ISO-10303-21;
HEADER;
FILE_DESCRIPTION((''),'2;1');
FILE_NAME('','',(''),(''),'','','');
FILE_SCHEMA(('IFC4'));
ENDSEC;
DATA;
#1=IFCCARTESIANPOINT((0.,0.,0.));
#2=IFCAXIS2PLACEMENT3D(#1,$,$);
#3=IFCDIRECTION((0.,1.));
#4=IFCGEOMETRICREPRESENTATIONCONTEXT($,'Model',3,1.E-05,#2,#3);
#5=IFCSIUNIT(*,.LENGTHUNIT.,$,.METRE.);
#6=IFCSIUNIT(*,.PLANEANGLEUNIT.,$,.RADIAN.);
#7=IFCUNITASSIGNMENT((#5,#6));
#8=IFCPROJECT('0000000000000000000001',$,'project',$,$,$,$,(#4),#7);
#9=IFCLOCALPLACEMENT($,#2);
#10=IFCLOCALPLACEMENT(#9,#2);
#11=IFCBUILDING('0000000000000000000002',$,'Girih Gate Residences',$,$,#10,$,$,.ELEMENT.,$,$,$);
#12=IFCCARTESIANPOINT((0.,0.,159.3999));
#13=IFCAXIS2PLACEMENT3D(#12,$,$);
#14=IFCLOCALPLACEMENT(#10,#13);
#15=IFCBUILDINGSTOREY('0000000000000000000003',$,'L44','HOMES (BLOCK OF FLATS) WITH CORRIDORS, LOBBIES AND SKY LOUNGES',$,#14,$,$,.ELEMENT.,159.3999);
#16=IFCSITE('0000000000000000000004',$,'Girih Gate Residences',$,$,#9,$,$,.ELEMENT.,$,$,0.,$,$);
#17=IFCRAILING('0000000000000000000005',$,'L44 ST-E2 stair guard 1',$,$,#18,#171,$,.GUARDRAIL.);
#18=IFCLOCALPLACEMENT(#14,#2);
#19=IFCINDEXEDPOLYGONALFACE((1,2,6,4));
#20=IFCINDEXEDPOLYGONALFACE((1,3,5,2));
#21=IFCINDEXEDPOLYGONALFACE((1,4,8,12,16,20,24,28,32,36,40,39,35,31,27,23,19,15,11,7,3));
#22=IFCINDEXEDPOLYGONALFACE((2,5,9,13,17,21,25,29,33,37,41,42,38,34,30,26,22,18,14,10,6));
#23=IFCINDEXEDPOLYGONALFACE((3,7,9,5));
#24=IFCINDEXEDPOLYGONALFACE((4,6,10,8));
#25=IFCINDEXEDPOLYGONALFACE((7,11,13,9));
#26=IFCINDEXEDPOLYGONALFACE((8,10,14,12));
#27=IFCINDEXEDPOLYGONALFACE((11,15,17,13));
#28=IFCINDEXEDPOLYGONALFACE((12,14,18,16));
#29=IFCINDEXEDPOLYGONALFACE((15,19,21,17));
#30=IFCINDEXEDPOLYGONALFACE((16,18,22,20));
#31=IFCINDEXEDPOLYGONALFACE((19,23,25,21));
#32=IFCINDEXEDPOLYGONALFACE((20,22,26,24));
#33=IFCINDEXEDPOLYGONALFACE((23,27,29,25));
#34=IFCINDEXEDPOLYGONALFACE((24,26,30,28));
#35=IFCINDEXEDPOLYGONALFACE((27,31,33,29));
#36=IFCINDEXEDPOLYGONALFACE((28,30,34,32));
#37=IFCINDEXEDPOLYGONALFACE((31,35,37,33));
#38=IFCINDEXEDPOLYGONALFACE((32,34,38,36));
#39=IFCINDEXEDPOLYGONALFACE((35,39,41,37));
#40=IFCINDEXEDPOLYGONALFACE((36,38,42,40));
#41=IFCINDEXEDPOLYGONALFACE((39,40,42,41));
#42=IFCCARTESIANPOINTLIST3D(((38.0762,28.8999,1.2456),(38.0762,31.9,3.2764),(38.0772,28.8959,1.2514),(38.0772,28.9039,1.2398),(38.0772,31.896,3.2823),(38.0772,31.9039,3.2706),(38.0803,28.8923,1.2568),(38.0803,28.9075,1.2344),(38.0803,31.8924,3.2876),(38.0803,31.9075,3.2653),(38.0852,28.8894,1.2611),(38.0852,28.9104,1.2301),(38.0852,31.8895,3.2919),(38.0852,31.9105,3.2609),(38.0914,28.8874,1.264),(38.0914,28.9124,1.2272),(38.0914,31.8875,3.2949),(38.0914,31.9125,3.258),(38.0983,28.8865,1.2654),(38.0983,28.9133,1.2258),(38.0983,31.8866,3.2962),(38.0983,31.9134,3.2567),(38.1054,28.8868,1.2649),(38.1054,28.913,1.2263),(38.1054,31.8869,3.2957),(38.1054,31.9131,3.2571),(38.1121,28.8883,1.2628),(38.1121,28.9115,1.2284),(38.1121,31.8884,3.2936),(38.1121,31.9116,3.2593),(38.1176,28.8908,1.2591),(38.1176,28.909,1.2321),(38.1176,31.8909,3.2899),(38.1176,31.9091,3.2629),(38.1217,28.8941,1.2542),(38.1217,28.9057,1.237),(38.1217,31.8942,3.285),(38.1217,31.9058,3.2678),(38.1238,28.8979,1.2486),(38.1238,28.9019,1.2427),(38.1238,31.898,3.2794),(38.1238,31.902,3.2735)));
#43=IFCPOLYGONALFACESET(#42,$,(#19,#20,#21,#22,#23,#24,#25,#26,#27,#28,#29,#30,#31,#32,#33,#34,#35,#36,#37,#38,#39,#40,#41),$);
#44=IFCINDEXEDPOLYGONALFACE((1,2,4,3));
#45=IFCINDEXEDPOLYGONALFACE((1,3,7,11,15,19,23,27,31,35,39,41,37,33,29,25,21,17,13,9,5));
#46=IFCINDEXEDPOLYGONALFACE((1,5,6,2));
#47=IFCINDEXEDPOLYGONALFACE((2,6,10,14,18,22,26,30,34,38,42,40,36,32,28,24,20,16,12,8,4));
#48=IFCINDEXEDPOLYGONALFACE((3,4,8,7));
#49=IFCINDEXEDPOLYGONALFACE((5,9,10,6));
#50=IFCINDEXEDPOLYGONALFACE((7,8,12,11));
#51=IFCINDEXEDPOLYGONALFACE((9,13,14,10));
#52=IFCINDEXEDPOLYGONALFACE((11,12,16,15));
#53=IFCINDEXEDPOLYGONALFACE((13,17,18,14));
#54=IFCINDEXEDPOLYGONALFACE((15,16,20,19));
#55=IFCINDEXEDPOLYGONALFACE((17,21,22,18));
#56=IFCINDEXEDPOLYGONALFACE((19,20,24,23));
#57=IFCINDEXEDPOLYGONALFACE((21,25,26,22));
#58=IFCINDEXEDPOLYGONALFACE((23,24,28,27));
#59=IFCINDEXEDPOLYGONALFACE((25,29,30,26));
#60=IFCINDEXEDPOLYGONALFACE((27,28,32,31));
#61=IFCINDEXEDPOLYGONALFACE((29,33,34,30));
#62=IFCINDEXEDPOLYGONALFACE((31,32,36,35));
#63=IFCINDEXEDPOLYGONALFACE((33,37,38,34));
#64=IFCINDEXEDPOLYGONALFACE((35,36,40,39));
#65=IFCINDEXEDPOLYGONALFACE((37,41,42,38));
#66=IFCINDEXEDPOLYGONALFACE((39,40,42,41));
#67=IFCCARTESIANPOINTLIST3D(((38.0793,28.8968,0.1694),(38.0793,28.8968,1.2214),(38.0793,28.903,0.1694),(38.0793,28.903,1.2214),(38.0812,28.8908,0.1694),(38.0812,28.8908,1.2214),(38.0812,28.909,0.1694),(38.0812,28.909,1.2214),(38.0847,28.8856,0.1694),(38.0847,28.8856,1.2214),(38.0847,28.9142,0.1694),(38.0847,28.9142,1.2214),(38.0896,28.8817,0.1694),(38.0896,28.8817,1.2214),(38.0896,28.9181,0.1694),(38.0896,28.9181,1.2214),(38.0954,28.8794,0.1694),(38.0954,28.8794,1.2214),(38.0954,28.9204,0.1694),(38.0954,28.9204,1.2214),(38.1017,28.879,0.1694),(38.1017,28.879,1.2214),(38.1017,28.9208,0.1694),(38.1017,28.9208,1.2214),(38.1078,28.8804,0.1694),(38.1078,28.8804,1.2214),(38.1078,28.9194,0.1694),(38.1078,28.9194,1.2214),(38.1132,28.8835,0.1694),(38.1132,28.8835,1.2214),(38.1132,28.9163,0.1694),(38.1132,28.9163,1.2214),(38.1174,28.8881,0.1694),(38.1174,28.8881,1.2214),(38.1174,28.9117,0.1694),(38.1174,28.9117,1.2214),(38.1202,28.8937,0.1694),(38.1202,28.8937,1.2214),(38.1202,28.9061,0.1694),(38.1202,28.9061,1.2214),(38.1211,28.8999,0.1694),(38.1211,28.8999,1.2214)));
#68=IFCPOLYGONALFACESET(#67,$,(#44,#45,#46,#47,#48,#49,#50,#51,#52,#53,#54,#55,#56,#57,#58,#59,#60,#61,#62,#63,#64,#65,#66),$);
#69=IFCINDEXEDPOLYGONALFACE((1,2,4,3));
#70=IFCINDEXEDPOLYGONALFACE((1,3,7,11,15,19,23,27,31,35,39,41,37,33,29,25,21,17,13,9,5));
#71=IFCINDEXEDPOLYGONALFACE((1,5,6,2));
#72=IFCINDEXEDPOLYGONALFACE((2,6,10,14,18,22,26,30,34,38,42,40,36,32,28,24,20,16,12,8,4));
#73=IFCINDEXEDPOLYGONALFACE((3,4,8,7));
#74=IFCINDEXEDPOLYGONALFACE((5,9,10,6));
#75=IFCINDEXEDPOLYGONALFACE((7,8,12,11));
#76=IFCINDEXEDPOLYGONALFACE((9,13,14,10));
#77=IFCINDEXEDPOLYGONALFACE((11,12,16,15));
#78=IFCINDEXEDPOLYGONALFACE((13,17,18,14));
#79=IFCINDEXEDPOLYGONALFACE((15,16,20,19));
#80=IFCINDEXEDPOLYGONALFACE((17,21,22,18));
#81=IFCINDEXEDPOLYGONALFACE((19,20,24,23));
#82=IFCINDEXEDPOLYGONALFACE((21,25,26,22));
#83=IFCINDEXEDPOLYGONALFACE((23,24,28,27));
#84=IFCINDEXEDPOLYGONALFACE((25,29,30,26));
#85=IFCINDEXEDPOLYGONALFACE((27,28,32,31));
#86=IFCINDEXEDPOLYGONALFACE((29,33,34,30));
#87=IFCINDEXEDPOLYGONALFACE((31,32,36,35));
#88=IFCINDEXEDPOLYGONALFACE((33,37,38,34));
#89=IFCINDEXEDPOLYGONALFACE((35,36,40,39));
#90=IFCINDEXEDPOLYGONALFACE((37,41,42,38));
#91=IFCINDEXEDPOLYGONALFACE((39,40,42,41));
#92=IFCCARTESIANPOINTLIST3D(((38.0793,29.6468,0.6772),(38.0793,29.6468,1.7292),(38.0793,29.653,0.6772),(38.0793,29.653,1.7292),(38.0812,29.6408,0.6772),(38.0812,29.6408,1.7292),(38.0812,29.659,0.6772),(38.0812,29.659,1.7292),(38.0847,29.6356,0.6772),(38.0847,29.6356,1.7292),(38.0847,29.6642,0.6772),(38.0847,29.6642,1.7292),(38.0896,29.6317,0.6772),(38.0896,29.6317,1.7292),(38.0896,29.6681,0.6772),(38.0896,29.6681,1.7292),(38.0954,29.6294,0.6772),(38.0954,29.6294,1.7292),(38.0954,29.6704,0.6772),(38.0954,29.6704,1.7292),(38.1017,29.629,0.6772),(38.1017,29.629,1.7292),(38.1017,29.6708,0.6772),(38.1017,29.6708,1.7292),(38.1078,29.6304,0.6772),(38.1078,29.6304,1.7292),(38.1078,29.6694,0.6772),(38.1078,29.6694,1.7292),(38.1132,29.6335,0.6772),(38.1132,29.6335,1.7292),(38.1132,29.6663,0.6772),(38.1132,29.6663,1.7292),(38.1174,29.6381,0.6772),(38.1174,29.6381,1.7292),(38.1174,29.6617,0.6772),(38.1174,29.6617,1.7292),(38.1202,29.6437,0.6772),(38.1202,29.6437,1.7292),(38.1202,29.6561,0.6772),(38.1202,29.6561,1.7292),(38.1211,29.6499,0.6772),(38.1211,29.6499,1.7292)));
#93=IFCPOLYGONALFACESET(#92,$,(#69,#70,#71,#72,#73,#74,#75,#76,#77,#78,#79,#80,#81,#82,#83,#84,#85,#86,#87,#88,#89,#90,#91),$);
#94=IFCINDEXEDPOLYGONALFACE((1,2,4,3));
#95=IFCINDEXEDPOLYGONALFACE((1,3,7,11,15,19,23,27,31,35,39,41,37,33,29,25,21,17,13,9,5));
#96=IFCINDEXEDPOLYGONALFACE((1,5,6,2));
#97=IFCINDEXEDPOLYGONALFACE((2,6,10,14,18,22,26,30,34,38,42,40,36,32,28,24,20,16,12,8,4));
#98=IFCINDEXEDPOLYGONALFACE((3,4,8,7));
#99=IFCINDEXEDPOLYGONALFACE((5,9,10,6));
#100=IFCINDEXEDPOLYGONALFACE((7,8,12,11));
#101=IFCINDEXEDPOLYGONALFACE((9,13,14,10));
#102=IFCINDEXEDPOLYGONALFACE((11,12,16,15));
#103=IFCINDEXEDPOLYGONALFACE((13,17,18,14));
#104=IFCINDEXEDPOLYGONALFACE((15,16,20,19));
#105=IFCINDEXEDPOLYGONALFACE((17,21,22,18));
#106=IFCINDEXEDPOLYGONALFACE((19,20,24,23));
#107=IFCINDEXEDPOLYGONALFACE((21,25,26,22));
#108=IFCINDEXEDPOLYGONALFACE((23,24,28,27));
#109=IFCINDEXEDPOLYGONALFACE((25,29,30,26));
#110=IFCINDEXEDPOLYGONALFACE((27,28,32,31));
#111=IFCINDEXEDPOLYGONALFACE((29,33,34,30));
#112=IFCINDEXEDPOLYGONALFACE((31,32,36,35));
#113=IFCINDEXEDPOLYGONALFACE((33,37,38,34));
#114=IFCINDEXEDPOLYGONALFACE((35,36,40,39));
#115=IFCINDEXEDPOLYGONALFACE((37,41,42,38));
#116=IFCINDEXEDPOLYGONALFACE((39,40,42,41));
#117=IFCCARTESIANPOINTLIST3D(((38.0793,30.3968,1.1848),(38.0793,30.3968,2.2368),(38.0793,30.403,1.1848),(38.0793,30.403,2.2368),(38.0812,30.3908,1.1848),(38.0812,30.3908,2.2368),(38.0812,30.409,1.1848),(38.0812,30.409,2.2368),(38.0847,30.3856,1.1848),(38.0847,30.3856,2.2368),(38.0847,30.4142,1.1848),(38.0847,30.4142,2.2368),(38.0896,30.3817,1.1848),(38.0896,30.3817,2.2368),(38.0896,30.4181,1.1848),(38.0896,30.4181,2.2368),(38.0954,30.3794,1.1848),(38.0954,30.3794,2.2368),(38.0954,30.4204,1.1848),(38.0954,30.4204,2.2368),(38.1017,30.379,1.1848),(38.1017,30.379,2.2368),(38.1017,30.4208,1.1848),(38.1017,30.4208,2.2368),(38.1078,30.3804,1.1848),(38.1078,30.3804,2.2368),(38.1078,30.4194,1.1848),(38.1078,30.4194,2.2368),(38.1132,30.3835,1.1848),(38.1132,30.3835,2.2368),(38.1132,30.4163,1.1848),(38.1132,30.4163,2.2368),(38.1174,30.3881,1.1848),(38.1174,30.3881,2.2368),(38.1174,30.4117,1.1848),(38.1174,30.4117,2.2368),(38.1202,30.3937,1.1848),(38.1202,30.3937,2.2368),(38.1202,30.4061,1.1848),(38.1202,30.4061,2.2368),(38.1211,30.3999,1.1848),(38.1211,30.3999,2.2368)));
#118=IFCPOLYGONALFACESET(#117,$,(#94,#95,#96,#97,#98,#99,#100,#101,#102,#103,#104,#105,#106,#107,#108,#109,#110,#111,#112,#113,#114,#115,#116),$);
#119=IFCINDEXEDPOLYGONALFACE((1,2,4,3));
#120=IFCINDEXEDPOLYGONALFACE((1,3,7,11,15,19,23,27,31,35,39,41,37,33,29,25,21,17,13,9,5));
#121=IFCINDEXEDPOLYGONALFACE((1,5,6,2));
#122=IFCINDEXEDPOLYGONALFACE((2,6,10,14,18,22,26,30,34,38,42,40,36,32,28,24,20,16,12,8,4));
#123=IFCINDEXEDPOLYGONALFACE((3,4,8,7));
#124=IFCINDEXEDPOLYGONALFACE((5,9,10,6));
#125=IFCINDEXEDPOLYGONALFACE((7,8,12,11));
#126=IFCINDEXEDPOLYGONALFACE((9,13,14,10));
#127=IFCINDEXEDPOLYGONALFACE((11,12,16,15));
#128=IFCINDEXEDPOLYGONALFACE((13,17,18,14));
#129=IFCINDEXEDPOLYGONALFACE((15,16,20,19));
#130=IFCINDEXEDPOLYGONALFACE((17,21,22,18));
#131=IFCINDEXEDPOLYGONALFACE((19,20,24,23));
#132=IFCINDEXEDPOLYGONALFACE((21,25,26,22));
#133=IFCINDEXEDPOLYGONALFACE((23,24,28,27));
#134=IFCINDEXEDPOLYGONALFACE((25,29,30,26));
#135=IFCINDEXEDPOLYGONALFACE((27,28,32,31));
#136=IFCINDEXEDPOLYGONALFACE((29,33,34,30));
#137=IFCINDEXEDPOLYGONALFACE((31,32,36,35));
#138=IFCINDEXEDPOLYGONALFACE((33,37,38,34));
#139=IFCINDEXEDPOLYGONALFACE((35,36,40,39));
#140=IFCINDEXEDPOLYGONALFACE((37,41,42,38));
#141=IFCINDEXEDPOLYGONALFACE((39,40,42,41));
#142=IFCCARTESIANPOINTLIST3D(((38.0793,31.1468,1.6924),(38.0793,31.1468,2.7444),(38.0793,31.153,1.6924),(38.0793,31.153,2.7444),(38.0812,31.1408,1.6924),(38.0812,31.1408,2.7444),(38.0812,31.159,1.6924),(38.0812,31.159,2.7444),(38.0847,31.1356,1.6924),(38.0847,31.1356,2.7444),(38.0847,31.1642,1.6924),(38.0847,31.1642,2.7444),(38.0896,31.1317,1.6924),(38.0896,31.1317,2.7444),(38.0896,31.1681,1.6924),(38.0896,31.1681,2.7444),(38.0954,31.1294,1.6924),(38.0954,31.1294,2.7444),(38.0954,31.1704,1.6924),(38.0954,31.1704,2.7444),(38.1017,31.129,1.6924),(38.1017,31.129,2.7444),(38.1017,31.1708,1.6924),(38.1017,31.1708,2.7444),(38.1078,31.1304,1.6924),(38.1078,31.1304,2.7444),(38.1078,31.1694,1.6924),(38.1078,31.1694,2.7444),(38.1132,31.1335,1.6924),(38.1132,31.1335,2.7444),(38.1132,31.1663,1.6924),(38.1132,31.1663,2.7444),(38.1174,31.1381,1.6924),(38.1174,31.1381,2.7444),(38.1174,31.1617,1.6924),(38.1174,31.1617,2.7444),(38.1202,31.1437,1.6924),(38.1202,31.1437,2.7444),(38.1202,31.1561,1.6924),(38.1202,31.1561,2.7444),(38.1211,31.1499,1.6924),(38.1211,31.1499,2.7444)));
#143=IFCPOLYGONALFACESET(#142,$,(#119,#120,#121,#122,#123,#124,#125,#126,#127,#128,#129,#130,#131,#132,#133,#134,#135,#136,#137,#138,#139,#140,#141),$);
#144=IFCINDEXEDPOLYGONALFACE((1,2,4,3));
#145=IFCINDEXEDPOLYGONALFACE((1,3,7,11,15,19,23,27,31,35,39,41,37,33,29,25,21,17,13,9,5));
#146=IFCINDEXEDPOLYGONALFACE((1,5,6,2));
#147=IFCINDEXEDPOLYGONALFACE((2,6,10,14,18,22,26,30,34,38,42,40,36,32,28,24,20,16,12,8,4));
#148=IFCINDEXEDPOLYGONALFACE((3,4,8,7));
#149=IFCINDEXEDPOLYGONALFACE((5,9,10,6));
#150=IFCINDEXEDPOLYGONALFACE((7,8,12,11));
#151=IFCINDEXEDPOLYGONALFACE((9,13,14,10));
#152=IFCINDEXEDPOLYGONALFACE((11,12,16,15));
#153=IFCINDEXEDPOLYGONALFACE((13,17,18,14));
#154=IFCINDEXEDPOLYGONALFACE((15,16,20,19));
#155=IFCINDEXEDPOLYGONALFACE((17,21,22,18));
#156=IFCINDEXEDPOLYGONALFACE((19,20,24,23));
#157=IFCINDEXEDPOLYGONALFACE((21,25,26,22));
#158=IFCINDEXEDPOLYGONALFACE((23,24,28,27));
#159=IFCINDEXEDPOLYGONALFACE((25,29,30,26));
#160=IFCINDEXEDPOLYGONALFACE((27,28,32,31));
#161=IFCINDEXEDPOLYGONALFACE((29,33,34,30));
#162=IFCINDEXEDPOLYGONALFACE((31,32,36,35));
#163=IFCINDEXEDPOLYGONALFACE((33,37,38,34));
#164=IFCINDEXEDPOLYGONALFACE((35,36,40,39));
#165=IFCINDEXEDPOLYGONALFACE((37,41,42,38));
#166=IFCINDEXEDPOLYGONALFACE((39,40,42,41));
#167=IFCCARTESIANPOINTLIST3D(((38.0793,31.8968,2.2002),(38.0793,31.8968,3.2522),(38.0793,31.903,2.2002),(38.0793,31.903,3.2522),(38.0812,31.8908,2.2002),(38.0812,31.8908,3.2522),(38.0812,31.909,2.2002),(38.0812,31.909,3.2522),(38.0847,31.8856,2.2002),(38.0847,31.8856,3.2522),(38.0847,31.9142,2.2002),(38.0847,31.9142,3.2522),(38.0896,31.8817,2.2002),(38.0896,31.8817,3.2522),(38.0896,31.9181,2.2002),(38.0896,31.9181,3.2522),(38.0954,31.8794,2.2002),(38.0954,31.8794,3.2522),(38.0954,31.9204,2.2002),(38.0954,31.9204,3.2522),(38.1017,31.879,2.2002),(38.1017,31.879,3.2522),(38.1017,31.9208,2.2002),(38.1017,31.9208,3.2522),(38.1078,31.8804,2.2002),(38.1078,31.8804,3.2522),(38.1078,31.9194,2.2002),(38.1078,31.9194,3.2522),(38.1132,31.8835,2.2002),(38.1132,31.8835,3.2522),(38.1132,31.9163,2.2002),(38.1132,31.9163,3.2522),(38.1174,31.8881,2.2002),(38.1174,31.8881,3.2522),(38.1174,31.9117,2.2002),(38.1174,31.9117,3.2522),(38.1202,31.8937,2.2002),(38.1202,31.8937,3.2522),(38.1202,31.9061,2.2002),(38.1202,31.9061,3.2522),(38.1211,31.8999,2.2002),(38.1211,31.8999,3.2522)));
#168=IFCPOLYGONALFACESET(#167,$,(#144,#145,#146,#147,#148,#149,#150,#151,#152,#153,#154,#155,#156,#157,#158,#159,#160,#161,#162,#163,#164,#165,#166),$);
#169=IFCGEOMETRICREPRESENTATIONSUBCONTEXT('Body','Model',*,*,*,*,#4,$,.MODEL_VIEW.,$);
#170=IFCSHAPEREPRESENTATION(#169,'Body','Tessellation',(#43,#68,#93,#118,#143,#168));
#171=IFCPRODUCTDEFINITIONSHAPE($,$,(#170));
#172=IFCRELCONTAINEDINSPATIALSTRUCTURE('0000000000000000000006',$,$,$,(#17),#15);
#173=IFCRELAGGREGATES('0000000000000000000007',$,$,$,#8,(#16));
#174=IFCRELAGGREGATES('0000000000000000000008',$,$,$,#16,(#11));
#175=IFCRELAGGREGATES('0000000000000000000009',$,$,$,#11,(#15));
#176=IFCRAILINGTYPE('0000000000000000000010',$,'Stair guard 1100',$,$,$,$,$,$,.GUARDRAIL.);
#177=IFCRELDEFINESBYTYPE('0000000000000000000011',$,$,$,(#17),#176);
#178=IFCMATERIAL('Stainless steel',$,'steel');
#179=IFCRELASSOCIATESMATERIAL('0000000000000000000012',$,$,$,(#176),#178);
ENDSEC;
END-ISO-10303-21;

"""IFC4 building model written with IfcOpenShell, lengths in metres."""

from ifc_helpers import new_model, si_unit, direction, frame, origin, origin_2d, place, context, subcontext, project, spatial, circle, extrude, material, type_object, element, save


model = new_model("IFC4")

# Units and contexts
model_context = context("Model", 3, precision=1e-05, world=origin(), true_north=direction((0.0, 1.0)))
body_context = subcontext(model_context, "Body", "Model", "MODEL_VIEW")
ifc_project = project(units=[si_unit("LENGTHUNIT", "METRE"), si_unit("PLANEANGLEUNIT", "RADIAN")], contexts=[model_context])

# Site, building, storey
site_placement = place(None, origin())
site = spatial("IfcSite", under=ifc_project, at=site_placement, Name="Girih Gate Residences", CompositionType="ELEMENT", RefElevation=0.0)
building_placement = place(site_placement, origin())
building = spatial("IfcBuilding", under=site, at=building_placement, Name="Girih Gate Residences", CompositionType="ELEMENT")
storey_placement = place(building_placement, frame((0.0, 0.0, 159.3999)))
storey = spatial("IfcBuildingStorey", under=building, at=storey_placement, Name="L44", Description="HOMES (BLOCK OF FLATS) WITH CORRIDORS, LOBBIES AND SKY LOUNGES", CompositionType="ELEMENT", Elevation=159.3999)

# Shared definitions
ifc_material_1 = material(Name="Stainless steel", Category="steel")

# Railing
railing_type_1 = type_object("IfcRailingType", Name="Stair guard 1100", PredefinedType="GUARDRAIL", material=ifc_material_1)
railing_1_placement = place(storey_placement, frame((38.1001, 28.8999, 0.1694)))
element("IfcRailing", 1, at=railing_1_placement, inside=storey, type_object=railing_type_1, Name="L44 ST-E2 stair guard 1", PredefinedType="GUARDRAIL", context=body_context, shape_type="SweptSolid", body=[
    extrude(circle(Radius=0.0239, at=origin_2d()), frame((0.0, 0.0, 1.0762), z_axis=(0.0, 0.82811, 0.560565), x_axis=(-1.0, 0.0, 0.0)), (0.0, 0.0, 1.0), 3.6228),
    extrude(circle(Radius=0.021, at=origin_2d()), origin(), (0.0, 0.0, 1.0), 1.052),
    extrude(circle(Radius=0.021, at=origin_2d()), frame((0.0, 0.75, 0.5078)), (0.0, 0.0, 1.0), 1.052),
    extrude(circle(Radius=0.021, at=origin_2d()), frame((0.0, 1.5, 1.0154)), (0.0, 0.0, 1.0), 1.052),
    extrude(circle(Radius=0.021, at=origin_2d()), frame((0.0, 2.25, 1.5229)), (0.0, 0.0, 1.0), 1.052),
    extrude(circle(Radius=0.021, at=origin_2d()), frame((0.0, 3.0, 2.0308)), (0.0, 0.0, 1.0), 1.052),
])

save(model, "model.ifc")
